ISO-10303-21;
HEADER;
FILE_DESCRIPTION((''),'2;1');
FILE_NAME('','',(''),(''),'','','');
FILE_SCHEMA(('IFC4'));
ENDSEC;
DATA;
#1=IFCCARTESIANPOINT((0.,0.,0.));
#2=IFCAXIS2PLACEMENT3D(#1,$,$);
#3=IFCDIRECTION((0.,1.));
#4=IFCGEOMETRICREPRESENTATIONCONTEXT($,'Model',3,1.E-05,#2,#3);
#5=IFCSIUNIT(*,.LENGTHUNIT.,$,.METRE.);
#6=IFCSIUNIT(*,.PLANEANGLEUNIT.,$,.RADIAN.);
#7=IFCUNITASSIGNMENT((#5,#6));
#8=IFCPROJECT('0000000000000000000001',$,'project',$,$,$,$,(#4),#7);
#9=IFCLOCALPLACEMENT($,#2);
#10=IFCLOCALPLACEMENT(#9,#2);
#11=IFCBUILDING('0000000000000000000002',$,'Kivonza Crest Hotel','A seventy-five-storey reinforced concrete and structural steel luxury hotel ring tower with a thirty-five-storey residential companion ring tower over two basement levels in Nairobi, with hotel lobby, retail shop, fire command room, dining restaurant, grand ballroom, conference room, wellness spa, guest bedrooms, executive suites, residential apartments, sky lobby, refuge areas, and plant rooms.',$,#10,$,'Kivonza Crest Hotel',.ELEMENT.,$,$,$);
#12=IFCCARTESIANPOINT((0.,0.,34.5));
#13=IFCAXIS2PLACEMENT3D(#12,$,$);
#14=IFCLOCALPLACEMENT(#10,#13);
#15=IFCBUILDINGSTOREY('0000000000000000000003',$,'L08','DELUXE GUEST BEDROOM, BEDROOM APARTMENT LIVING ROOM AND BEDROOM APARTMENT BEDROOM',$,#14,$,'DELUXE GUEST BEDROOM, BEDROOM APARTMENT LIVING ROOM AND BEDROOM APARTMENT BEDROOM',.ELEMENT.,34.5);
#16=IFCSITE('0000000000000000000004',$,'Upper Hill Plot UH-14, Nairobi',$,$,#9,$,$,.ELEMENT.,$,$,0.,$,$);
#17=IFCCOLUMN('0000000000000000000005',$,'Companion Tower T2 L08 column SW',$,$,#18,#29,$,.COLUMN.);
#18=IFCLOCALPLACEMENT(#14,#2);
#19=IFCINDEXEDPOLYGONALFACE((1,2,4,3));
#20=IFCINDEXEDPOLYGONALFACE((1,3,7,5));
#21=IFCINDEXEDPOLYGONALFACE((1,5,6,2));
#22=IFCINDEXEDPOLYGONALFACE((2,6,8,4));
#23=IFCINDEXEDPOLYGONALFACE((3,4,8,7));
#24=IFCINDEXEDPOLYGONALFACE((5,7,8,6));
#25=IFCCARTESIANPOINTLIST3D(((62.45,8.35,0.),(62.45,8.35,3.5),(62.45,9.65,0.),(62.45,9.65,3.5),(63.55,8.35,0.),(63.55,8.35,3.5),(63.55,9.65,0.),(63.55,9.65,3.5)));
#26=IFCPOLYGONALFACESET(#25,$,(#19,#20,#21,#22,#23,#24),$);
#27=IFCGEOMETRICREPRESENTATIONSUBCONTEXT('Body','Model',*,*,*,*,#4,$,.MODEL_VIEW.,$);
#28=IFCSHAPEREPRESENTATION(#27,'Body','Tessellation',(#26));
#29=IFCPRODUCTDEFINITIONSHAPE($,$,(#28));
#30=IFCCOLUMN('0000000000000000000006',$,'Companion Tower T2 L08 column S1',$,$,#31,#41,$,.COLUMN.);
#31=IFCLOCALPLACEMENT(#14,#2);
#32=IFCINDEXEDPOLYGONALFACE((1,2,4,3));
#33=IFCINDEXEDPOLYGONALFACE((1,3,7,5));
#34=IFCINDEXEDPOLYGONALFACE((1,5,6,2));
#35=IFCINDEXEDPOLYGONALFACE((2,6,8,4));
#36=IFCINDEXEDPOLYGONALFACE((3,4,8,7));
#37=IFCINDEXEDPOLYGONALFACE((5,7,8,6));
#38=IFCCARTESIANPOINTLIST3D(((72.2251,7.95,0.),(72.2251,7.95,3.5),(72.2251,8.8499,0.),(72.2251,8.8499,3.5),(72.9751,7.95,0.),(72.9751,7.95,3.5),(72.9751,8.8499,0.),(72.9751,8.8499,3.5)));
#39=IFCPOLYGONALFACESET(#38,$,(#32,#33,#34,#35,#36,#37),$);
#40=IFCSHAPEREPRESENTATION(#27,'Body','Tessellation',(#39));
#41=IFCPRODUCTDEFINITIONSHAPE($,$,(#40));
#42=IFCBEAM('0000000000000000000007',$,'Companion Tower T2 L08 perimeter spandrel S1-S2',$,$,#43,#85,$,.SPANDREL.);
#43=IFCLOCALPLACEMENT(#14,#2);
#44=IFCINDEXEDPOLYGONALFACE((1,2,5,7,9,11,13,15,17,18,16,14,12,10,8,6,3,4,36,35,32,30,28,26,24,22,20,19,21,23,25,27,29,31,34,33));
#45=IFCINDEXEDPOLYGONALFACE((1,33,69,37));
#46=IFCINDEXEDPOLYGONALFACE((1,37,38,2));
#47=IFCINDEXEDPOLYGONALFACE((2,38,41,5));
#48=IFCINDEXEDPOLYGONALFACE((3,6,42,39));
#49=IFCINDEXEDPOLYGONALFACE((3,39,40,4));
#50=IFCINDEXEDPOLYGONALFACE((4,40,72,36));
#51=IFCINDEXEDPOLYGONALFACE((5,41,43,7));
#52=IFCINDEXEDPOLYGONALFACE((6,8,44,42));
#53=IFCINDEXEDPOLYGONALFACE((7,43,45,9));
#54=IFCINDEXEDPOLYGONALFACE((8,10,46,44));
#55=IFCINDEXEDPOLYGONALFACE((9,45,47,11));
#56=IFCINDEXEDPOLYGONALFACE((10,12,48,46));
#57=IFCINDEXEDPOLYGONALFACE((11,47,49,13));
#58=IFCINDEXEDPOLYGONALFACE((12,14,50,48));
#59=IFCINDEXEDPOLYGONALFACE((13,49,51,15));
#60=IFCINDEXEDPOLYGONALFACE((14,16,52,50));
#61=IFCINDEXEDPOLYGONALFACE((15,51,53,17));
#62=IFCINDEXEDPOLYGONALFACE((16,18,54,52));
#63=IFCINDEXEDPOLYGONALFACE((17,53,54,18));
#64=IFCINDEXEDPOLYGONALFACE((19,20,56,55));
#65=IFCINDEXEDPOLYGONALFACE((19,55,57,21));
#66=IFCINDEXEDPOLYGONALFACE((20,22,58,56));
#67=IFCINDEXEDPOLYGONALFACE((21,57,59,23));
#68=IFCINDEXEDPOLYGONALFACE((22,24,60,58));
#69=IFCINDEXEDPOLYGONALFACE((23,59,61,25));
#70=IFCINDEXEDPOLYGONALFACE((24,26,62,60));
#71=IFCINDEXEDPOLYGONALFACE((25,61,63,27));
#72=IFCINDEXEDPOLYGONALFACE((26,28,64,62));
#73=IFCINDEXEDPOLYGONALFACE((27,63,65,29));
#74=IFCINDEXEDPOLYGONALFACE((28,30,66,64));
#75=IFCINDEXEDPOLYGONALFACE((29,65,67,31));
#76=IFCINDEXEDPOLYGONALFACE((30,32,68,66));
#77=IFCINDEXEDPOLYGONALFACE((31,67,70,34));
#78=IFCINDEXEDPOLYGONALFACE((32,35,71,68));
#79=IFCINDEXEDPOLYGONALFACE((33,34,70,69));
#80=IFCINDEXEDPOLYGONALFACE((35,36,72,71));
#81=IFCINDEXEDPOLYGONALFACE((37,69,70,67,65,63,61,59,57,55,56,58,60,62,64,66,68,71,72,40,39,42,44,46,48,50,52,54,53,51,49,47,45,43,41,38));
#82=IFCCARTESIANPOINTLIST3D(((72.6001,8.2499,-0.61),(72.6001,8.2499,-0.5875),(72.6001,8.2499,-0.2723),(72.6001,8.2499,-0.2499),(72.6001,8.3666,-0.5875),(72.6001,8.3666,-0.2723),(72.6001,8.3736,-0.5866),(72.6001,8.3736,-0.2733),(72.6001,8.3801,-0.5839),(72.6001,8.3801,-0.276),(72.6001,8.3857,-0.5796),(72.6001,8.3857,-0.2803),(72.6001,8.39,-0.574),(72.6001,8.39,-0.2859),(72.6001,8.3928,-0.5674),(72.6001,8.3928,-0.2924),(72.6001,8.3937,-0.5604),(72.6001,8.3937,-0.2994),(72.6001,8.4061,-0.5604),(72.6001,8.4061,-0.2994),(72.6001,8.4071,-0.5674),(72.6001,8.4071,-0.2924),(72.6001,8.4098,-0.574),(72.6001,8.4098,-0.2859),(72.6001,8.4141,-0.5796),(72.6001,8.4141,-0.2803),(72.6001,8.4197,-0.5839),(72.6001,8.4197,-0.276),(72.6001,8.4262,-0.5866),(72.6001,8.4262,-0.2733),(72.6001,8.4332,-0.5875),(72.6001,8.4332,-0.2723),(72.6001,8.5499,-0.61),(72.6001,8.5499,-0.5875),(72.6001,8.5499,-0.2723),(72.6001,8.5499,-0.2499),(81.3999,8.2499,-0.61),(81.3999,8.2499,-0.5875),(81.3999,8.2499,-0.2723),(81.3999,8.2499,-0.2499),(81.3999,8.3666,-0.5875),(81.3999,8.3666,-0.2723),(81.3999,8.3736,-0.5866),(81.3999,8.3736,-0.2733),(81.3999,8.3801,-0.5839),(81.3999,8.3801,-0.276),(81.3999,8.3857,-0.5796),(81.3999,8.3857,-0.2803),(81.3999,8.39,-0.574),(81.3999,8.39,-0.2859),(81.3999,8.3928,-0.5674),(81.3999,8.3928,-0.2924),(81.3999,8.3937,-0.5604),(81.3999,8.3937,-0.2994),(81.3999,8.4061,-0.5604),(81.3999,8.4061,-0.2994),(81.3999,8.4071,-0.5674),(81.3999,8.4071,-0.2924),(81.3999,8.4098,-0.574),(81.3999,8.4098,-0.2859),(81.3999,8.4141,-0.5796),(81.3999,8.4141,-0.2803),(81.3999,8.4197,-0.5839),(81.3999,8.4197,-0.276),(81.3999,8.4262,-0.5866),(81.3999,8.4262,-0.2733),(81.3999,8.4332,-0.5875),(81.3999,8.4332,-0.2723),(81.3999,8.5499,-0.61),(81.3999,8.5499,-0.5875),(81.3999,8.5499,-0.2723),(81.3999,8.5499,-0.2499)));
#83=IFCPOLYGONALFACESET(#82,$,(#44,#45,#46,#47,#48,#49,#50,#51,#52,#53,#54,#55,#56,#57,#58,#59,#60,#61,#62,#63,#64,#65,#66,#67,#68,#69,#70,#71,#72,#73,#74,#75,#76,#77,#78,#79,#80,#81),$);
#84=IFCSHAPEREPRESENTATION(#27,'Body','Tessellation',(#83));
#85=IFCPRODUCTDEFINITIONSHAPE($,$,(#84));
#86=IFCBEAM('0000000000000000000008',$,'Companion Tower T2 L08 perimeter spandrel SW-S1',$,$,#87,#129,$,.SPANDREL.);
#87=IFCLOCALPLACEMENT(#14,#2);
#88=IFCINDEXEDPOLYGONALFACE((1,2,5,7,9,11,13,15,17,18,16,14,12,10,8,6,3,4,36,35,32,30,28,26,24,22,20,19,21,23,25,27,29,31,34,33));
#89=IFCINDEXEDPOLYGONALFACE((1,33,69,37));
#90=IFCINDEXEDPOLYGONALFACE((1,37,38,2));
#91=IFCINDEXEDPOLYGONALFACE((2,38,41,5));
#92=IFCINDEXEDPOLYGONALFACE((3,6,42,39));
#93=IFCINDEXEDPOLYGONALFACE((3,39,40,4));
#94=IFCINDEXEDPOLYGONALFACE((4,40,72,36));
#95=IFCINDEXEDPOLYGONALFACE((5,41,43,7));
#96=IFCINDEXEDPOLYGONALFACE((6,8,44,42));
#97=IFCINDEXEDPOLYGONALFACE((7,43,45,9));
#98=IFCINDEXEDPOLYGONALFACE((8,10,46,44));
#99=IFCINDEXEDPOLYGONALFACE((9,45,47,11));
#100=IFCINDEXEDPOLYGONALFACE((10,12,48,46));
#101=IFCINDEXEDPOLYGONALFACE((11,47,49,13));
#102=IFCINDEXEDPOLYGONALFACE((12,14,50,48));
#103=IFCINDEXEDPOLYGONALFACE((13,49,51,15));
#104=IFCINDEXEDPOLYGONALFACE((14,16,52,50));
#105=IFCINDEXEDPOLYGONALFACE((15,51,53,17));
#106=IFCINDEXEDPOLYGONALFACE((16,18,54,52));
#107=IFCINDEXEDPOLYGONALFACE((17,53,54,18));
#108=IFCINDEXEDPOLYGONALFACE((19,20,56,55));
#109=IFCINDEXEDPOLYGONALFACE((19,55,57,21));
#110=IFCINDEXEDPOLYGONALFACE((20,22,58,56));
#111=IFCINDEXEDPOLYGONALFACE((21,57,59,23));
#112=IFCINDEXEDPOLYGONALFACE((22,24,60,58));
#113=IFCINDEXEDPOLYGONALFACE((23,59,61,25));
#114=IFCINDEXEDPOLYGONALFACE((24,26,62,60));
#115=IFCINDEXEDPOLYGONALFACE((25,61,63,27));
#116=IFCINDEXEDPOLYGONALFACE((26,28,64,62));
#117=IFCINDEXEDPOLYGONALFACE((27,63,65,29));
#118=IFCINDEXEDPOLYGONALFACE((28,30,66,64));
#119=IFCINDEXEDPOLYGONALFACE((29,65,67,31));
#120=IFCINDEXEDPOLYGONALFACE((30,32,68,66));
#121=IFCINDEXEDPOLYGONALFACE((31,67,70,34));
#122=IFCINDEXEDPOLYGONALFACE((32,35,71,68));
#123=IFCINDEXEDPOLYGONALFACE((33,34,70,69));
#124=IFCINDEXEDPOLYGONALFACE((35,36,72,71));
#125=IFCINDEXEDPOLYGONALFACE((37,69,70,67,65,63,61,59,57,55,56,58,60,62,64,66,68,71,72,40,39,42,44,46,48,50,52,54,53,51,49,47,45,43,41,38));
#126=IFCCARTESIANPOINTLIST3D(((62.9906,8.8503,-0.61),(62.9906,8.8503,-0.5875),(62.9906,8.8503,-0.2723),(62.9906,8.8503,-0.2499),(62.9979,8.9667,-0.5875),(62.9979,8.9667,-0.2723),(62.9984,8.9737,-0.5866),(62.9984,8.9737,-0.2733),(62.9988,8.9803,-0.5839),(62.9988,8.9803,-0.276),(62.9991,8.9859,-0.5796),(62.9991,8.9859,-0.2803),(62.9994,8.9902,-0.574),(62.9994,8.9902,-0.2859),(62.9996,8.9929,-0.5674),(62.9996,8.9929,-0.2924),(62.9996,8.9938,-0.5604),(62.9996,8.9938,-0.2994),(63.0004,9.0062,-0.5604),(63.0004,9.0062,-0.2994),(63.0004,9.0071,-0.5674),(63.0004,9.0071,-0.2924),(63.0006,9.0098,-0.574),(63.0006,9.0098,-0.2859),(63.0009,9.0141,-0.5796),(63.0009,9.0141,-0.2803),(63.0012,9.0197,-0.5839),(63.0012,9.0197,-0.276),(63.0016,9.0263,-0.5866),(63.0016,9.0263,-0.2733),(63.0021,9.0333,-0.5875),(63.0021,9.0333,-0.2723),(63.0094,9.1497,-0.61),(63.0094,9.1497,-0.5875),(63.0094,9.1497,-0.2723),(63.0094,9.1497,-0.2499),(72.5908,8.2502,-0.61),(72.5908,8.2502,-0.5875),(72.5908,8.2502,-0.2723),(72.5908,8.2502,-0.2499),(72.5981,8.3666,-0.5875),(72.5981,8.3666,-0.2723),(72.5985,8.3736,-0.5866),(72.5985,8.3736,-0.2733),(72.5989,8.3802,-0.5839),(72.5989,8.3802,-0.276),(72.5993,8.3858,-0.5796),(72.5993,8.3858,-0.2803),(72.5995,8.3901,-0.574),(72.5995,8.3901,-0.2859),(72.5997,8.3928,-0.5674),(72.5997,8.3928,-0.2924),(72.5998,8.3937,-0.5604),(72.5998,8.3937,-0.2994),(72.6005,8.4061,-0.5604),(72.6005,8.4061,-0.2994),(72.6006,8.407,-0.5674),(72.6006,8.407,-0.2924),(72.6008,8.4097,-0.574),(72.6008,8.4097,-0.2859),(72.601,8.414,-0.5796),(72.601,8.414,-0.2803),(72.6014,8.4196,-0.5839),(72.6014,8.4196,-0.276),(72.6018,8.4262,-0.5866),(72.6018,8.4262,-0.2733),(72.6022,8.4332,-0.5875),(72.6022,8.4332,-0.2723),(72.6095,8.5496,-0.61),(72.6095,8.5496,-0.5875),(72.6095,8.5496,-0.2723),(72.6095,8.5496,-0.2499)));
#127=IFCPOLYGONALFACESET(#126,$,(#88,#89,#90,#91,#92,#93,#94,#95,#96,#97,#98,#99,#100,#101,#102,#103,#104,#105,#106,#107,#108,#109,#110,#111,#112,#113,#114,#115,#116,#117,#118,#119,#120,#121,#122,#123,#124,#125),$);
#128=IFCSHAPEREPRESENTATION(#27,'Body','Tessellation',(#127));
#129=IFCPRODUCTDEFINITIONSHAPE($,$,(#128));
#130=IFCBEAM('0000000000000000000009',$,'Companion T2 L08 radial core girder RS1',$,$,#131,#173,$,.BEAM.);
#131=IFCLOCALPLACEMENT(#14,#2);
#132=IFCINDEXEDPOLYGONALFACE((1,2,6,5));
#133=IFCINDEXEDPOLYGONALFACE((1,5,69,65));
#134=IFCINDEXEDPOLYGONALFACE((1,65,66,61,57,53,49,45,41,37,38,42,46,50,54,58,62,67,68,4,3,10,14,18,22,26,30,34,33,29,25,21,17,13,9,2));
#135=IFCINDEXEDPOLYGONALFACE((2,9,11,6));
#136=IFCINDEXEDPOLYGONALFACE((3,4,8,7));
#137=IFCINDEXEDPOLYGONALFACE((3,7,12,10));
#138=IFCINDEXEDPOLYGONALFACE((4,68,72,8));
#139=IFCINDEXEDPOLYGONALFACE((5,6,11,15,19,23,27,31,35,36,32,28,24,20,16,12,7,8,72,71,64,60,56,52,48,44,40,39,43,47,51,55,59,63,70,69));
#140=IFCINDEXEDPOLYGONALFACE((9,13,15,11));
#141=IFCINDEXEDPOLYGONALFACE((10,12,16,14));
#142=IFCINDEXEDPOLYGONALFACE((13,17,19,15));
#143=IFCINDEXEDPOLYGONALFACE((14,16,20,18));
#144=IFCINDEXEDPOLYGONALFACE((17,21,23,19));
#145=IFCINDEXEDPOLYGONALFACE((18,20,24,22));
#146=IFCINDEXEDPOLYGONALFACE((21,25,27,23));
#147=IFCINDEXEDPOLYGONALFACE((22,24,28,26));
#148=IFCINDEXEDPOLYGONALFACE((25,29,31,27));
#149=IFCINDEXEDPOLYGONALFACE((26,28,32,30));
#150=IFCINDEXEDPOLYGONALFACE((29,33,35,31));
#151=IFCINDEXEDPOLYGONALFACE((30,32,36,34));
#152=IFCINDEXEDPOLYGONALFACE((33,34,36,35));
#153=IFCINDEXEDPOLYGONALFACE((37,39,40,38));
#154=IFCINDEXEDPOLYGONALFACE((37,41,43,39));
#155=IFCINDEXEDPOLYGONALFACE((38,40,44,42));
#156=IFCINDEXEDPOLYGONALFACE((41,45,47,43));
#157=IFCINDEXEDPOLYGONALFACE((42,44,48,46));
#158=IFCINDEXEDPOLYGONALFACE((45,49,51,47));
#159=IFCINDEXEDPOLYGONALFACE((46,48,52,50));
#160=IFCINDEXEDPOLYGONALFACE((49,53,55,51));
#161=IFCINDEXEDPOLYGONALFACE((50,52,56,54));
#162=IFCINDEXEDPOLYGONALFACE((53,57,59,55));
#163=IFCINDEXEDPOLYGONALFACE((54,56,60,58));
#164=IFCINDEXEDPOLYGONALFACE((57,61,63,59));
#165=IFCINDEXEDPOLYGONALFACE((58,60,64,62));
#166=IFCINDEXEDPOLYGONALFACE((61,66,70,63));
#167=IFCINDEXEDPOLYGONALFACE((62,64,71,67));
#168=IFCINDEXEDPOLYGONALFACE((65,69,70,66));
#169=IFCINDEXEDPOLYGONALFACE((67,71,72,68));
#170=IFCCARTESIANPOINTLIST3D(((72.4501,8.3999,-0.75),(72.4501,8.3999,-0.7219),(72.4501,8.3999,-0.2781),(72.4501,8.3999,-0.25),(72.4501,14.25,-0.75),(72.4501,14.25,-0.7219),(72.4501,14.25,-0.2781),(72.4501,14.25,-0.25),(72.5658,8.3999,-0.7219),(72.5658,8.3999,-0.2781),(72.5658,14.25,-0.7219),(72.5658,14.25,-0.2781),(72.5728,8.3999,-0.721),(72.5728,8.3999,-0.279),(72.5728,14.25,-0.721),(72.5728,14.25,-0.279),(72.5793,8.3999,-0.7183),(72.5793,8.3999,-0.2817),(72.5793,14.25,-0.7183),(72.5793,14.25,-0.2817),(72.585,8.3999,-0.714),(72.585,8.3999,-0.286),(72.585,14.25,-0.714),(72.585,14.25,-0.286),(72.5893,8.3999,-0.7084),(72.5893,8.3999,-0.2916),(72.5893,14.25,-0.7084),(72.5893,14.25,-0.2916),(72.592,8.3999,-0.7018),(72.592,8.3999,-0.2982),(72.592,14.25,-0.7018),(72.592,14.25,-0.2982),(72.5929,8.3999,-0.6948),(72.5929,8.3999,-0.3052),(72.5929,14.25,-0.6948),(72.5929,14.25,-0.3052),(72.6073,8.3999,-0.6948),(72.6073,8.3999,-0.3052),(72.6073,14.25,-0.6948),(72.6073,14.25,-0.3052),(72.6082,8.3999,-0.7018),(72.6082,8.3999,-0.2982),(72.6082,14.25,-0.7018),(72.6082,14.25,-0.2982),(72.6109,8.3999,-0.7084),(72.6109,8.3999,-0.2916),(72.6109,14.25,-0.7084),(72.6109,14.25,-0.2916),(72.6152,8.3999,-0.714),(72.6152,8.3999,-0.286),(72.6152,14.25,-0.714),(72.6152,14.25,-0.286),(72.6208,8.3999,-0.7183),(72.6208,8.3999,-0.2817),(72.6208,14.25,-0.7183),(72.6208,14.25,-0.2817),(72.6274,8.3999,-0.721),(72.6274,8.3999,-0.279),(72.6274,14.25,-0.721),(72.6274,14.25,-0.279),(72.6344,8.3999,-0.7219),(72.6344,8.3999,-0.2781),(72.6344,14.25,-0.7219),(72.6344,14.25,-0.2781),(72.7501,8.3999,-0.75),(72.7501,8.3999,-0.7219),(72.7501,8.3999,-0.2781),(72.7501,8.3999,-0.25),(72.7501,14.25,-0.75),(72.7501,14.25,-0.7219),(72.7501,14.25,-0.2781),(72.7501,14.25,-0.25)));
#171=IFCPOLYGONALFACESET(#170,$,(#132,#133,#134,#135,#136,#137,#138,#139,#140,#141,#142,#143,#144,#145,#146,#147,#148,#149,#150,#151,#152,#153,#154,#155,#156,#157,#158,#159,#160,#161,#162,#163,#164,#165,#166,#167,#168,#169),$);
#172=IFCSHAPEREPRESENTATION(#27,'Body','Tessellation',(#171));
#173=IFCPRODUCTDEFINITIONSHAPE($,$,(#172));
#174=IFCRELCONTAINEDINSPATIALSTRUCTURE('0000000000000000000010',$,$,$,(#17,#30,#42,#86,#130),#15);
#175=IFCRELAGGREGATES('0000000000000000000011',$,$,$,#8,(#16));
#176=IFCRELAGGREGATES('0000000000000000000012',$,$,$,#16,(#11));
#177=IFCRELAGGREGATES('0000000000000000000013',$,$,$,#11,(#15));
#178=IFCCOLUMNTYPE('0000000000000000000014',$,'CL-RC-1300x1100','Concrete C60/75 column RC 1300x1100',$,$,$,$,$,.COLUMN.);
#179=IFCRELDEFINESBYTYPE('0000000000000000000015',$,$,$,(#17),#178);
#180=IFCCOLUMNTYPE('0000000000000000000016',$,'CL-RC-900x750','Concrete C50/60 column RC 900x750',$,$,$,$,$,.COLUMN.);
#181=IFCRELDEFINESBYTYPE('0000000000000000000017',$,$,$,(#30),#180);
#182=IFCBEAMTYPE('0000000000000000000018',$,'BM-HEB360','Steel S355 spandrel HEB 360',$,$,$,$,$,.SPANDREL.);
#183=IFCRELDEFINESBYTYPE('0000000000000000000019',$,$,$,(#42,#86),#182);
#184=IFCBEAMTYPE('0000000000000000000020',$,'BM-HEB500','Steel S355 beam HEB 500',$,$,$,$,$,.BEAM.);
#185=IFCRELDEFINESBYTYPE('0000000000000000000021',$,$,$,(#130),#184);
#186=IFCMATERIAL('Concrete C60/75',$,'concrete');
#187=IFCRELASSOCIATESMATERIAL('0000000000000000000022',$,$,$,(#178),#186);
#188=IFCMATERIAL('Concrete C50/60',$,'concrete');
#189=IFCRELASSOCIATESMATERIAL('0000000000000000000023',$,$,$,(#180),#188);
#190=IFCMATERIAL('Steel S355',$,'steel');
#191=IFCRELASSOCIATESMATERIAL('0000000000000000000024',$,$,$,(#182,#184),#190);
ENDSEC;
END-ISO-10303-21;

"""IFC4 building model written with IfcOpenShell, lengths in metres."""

from ifc_helpers import new_model, si_unit, direction, frame, origin, origin_2d, place, context, subcontext, project, spatial, rectangle, i_section, extrude, material, material_profile, profile_set, type_object, element, save


model = new_model("IFC4")

# Units and contexts
model_context = context("Model", 3, precision=1e-05, world=origin(), true_north=direction((0.0, 1.0)))
body_context = subcontext(model_context, "Body", "Model", "MODEL_VIEW")
ifc_project = project(units=[si_unit("LENGTHUNIT", "METRE"), si_unit("PLANEANGLEUNIT", "RADIAN")], contexts=[model_context])

# Site, building, storey
site_placement = place(None, origin())
site = spatial("IfcSite", under=ifc_project, at=site_placement, Name="Upper Hill Plot UH-14, Nairobi", CompositionType="ELEMENT", RefElevation=0.0)
building_placement = place(site_placement, origin())
building = spatial("IfcBuilding", under=site, at=building_placement, Name="Kivonza Crest Hotel", Description="A seventy-five-storey reinforced concrete and structural steel luxury hotel ring tower with a thirty-five-storey residential companion ring tower over two basement levels in Nairobi, with hotel lobby, retail shop, fire command room, dining restaurant, grand ballroom, conference room, wellness spa, guest bedrooms, executive suites, residential apartments, sky lobby, refuge areas, and plant rooms.", LongName="Kivonza Crest Hotel", CompositionType="ELEMENT")
storey_placement = place(building_placement, frame((0.0, 0.0, 34.5)))
storey = spatial("IfcBuildingStorey", under=building, at=storey_placement, Name="L08", Description="DELUXE GUEST BEDROOM, BEDROOM APARTMENT LIVING ROOM AND BEDROOM APARTMENT BEDROOM", LongName="DELUXE GUEST BEDROOM, BEDROOM APARTMENT LIVING ROOM AND BEDROOM APARTMENT BEDROOM", CompositionType="ELEMENT", Elevation=34.5)

# Columns
ifc_material_1 = material(Name="Concrete C60/75", Category="concrete")
ifc_material_profile_1 = material_profile(ifc_material_1, rectangle(XDim=1.1001, YDim=1.3, at=origin_2d()), Name="RC 1300x1100")
ifc_profile_set_1 = profile_set([ifc_material_profile_1], Name="Concrete C60/75")
column_type_1 = type_object("IfcColumnType", Name="CL-RC-1300x1100", Description="Concrete C60/75 column RC 1300x1100", PredefinedType="COLUMN", material=ifc_profile_set_1)
column_1_placement = place(storey_placement, frame((63.0, 9.0, 0.0), z_axis=(0.0, 0.0, 1.0), x_axis=(1.0, 0.0, 0.0)))
element("IfcColumn", 1, at=column_1_placement, inside=storey, type_object=column_type_1, Name="Companion Tower T2 L08 column SW", PredefinedType="COLUMN", context=body_context, shape_type="SweptSolid", body=[
    extrude(rectangle(XDim=1.1001, YDim=1.3, at=origin_2d()), origin(), (0.0, 0.0, 1.0), 3.5),
])
ifc_material_2 = material(Name="Concrete C50/60", Category="concrete")
ifc_material_profile_2 = material_profile(ifc_material_2, rectangle(XDim=0.75, YDim=0.8999, at=origin_2d()), Name="RC 900x750")
ifc_profile_set_2 = profile_set([ifc_material_profile_2], Name="Concrete C50/60")
column_type_2 = type_object("IfcColumnType", Name="CL-RC-900x750", Description="Concrete C50/60 column RC 900x750", PredefinedType="COLUMN", material=ifc_profile_set_2)
column_2_placement = place(storey_placement, frame((72.6001, 8.3999, 0.0), z_axis=(0.0, 0.0, 1.0), x_axis=(1.0, 0.0, 0.0)))
element("IfcColumn", 2, at=column_2_placement, inside=storey, type_object=column_type_2, Name="Companion Tower T2 L08 column S1", PredefinedType="COLUMN", context=body_context, shape_type="SweptSolid", body=[
    extrude(rectangle(XDim=0.75, YDim=0.8999, at=origin_2d()), origin(), (0.0, 0.0, 1.0), 3.5),
])

# Beams
ifc_material_3 = material(Name="Steel S355", Category="steel")
ifc_material_profile_3 = material_profile(ifc_material_3, i_section(OverallWidth=0.3, OverallDepth=0.3601, WebThickness=0.0125, FlangeThickness=0.0225, FilletRadius=0.0271, at=origin_2d()), Name="HEB 360")
ifc_profile_set_3 = profile_set([ifc_material_profile_3], Name="Steel S355")
beam_type_1 = type_object("IfcBeamType", Name="BM-HEB360", Description="Steel S355 spandrel HEB 360", PredefinedType="SPANDREL", material=ifc_profile_set_3)
beam_1_placement = place(storey_placement, frame((72.6001, 8.3999, -0.4299), z_axis=(1.0, 0.0, 0.0), x_axis=(0.0, 1.0, 0.0)))
element("IfcBeam", 3, at=beam_1_placement, inside=storey, type_object=beam_type_1, Name="Companion Tower T2 L08 perimeter spandrel S1-S2", PredefinedType="SPANDREL", context=body_context, shape_type="SweptSolid", body=[
    extrude(i_section(OverallWidth=0.3, OverallDepth=0.3601, WebThickness=0.0125, FlangeThickness=0.0225, FilletRadius=0.0271, at=origin_2d()), origin(), (0.0, 0.0, 1.0), 8.7998),
])
beam_2_placement = place(storey_placement, frame((63.0, 9.0, -0.4299), z_axis=(0.998052, -0.062388, 0.0), x_axis=(0.062388, 0.998052, 0.0)))
element("IfcBeam", 4, at=beam_2_placement, inside=storey, type_object=beam_type_1, Name="Companion Tower T2 L08 perimeter spandrel SW-S1", PredefinedType="SPANDREL", context=body_context, shape_type="SweptSolid", body=[
    extrude(i_section(OverallWidth=0.3, OverallDepth=0.3601, WebThickness=0.0125, FlangeThickness=0.0225, FilletRadius=0.0271, at=origin_2d()), origin(), (0.0, 0.0, 1.0), 9.6189),
])
ifc_material_profile_4 = material_profile(ifc_material_3, i_section(OverallWidth=0.3, OverallDepth=0.5, WebThickness=0.0144, FlangeThickness=0.0281, FilletRadius=0.0271, at=origin_2d()), Name="HEB 500")
ifc_profile_set_4 = profile_set([ifc_material_profile_4], Name="Steel S355")
beam_type_2 = type_object("IfcBeamType", Name="BM-HEB500", Description="Steel S355 beam HEB 500", PredefinedType="BEAM", material=ifc_profile_set_4)
beam_3_placement = place(storey_placement, frame((72.6001, 8.3999, -0.5), z_axis=(0.0, 1.0, 0.0), x_axis=(-1.0, 0.0, 0.0)))
element("IfcBeam", 5, at=beam_3_placement, inside=storey, type_object=beam_type_2, Name="Companion T2 L08 radial core girder RS1", PredefinedType="BEAM", context=body_context, shape_type="SweptSolid", body=[
    extrude(i_section(OverallWidth=0.3, OverallDepth=0.5, WebThickness=0.0144, FlangeThickness=0.0281, FilletRadius=0.0271, at=origin_2d()), origin(), (0.0, 0.0, 1.0), 5.8501),
])

save(model, "model.ifc")
